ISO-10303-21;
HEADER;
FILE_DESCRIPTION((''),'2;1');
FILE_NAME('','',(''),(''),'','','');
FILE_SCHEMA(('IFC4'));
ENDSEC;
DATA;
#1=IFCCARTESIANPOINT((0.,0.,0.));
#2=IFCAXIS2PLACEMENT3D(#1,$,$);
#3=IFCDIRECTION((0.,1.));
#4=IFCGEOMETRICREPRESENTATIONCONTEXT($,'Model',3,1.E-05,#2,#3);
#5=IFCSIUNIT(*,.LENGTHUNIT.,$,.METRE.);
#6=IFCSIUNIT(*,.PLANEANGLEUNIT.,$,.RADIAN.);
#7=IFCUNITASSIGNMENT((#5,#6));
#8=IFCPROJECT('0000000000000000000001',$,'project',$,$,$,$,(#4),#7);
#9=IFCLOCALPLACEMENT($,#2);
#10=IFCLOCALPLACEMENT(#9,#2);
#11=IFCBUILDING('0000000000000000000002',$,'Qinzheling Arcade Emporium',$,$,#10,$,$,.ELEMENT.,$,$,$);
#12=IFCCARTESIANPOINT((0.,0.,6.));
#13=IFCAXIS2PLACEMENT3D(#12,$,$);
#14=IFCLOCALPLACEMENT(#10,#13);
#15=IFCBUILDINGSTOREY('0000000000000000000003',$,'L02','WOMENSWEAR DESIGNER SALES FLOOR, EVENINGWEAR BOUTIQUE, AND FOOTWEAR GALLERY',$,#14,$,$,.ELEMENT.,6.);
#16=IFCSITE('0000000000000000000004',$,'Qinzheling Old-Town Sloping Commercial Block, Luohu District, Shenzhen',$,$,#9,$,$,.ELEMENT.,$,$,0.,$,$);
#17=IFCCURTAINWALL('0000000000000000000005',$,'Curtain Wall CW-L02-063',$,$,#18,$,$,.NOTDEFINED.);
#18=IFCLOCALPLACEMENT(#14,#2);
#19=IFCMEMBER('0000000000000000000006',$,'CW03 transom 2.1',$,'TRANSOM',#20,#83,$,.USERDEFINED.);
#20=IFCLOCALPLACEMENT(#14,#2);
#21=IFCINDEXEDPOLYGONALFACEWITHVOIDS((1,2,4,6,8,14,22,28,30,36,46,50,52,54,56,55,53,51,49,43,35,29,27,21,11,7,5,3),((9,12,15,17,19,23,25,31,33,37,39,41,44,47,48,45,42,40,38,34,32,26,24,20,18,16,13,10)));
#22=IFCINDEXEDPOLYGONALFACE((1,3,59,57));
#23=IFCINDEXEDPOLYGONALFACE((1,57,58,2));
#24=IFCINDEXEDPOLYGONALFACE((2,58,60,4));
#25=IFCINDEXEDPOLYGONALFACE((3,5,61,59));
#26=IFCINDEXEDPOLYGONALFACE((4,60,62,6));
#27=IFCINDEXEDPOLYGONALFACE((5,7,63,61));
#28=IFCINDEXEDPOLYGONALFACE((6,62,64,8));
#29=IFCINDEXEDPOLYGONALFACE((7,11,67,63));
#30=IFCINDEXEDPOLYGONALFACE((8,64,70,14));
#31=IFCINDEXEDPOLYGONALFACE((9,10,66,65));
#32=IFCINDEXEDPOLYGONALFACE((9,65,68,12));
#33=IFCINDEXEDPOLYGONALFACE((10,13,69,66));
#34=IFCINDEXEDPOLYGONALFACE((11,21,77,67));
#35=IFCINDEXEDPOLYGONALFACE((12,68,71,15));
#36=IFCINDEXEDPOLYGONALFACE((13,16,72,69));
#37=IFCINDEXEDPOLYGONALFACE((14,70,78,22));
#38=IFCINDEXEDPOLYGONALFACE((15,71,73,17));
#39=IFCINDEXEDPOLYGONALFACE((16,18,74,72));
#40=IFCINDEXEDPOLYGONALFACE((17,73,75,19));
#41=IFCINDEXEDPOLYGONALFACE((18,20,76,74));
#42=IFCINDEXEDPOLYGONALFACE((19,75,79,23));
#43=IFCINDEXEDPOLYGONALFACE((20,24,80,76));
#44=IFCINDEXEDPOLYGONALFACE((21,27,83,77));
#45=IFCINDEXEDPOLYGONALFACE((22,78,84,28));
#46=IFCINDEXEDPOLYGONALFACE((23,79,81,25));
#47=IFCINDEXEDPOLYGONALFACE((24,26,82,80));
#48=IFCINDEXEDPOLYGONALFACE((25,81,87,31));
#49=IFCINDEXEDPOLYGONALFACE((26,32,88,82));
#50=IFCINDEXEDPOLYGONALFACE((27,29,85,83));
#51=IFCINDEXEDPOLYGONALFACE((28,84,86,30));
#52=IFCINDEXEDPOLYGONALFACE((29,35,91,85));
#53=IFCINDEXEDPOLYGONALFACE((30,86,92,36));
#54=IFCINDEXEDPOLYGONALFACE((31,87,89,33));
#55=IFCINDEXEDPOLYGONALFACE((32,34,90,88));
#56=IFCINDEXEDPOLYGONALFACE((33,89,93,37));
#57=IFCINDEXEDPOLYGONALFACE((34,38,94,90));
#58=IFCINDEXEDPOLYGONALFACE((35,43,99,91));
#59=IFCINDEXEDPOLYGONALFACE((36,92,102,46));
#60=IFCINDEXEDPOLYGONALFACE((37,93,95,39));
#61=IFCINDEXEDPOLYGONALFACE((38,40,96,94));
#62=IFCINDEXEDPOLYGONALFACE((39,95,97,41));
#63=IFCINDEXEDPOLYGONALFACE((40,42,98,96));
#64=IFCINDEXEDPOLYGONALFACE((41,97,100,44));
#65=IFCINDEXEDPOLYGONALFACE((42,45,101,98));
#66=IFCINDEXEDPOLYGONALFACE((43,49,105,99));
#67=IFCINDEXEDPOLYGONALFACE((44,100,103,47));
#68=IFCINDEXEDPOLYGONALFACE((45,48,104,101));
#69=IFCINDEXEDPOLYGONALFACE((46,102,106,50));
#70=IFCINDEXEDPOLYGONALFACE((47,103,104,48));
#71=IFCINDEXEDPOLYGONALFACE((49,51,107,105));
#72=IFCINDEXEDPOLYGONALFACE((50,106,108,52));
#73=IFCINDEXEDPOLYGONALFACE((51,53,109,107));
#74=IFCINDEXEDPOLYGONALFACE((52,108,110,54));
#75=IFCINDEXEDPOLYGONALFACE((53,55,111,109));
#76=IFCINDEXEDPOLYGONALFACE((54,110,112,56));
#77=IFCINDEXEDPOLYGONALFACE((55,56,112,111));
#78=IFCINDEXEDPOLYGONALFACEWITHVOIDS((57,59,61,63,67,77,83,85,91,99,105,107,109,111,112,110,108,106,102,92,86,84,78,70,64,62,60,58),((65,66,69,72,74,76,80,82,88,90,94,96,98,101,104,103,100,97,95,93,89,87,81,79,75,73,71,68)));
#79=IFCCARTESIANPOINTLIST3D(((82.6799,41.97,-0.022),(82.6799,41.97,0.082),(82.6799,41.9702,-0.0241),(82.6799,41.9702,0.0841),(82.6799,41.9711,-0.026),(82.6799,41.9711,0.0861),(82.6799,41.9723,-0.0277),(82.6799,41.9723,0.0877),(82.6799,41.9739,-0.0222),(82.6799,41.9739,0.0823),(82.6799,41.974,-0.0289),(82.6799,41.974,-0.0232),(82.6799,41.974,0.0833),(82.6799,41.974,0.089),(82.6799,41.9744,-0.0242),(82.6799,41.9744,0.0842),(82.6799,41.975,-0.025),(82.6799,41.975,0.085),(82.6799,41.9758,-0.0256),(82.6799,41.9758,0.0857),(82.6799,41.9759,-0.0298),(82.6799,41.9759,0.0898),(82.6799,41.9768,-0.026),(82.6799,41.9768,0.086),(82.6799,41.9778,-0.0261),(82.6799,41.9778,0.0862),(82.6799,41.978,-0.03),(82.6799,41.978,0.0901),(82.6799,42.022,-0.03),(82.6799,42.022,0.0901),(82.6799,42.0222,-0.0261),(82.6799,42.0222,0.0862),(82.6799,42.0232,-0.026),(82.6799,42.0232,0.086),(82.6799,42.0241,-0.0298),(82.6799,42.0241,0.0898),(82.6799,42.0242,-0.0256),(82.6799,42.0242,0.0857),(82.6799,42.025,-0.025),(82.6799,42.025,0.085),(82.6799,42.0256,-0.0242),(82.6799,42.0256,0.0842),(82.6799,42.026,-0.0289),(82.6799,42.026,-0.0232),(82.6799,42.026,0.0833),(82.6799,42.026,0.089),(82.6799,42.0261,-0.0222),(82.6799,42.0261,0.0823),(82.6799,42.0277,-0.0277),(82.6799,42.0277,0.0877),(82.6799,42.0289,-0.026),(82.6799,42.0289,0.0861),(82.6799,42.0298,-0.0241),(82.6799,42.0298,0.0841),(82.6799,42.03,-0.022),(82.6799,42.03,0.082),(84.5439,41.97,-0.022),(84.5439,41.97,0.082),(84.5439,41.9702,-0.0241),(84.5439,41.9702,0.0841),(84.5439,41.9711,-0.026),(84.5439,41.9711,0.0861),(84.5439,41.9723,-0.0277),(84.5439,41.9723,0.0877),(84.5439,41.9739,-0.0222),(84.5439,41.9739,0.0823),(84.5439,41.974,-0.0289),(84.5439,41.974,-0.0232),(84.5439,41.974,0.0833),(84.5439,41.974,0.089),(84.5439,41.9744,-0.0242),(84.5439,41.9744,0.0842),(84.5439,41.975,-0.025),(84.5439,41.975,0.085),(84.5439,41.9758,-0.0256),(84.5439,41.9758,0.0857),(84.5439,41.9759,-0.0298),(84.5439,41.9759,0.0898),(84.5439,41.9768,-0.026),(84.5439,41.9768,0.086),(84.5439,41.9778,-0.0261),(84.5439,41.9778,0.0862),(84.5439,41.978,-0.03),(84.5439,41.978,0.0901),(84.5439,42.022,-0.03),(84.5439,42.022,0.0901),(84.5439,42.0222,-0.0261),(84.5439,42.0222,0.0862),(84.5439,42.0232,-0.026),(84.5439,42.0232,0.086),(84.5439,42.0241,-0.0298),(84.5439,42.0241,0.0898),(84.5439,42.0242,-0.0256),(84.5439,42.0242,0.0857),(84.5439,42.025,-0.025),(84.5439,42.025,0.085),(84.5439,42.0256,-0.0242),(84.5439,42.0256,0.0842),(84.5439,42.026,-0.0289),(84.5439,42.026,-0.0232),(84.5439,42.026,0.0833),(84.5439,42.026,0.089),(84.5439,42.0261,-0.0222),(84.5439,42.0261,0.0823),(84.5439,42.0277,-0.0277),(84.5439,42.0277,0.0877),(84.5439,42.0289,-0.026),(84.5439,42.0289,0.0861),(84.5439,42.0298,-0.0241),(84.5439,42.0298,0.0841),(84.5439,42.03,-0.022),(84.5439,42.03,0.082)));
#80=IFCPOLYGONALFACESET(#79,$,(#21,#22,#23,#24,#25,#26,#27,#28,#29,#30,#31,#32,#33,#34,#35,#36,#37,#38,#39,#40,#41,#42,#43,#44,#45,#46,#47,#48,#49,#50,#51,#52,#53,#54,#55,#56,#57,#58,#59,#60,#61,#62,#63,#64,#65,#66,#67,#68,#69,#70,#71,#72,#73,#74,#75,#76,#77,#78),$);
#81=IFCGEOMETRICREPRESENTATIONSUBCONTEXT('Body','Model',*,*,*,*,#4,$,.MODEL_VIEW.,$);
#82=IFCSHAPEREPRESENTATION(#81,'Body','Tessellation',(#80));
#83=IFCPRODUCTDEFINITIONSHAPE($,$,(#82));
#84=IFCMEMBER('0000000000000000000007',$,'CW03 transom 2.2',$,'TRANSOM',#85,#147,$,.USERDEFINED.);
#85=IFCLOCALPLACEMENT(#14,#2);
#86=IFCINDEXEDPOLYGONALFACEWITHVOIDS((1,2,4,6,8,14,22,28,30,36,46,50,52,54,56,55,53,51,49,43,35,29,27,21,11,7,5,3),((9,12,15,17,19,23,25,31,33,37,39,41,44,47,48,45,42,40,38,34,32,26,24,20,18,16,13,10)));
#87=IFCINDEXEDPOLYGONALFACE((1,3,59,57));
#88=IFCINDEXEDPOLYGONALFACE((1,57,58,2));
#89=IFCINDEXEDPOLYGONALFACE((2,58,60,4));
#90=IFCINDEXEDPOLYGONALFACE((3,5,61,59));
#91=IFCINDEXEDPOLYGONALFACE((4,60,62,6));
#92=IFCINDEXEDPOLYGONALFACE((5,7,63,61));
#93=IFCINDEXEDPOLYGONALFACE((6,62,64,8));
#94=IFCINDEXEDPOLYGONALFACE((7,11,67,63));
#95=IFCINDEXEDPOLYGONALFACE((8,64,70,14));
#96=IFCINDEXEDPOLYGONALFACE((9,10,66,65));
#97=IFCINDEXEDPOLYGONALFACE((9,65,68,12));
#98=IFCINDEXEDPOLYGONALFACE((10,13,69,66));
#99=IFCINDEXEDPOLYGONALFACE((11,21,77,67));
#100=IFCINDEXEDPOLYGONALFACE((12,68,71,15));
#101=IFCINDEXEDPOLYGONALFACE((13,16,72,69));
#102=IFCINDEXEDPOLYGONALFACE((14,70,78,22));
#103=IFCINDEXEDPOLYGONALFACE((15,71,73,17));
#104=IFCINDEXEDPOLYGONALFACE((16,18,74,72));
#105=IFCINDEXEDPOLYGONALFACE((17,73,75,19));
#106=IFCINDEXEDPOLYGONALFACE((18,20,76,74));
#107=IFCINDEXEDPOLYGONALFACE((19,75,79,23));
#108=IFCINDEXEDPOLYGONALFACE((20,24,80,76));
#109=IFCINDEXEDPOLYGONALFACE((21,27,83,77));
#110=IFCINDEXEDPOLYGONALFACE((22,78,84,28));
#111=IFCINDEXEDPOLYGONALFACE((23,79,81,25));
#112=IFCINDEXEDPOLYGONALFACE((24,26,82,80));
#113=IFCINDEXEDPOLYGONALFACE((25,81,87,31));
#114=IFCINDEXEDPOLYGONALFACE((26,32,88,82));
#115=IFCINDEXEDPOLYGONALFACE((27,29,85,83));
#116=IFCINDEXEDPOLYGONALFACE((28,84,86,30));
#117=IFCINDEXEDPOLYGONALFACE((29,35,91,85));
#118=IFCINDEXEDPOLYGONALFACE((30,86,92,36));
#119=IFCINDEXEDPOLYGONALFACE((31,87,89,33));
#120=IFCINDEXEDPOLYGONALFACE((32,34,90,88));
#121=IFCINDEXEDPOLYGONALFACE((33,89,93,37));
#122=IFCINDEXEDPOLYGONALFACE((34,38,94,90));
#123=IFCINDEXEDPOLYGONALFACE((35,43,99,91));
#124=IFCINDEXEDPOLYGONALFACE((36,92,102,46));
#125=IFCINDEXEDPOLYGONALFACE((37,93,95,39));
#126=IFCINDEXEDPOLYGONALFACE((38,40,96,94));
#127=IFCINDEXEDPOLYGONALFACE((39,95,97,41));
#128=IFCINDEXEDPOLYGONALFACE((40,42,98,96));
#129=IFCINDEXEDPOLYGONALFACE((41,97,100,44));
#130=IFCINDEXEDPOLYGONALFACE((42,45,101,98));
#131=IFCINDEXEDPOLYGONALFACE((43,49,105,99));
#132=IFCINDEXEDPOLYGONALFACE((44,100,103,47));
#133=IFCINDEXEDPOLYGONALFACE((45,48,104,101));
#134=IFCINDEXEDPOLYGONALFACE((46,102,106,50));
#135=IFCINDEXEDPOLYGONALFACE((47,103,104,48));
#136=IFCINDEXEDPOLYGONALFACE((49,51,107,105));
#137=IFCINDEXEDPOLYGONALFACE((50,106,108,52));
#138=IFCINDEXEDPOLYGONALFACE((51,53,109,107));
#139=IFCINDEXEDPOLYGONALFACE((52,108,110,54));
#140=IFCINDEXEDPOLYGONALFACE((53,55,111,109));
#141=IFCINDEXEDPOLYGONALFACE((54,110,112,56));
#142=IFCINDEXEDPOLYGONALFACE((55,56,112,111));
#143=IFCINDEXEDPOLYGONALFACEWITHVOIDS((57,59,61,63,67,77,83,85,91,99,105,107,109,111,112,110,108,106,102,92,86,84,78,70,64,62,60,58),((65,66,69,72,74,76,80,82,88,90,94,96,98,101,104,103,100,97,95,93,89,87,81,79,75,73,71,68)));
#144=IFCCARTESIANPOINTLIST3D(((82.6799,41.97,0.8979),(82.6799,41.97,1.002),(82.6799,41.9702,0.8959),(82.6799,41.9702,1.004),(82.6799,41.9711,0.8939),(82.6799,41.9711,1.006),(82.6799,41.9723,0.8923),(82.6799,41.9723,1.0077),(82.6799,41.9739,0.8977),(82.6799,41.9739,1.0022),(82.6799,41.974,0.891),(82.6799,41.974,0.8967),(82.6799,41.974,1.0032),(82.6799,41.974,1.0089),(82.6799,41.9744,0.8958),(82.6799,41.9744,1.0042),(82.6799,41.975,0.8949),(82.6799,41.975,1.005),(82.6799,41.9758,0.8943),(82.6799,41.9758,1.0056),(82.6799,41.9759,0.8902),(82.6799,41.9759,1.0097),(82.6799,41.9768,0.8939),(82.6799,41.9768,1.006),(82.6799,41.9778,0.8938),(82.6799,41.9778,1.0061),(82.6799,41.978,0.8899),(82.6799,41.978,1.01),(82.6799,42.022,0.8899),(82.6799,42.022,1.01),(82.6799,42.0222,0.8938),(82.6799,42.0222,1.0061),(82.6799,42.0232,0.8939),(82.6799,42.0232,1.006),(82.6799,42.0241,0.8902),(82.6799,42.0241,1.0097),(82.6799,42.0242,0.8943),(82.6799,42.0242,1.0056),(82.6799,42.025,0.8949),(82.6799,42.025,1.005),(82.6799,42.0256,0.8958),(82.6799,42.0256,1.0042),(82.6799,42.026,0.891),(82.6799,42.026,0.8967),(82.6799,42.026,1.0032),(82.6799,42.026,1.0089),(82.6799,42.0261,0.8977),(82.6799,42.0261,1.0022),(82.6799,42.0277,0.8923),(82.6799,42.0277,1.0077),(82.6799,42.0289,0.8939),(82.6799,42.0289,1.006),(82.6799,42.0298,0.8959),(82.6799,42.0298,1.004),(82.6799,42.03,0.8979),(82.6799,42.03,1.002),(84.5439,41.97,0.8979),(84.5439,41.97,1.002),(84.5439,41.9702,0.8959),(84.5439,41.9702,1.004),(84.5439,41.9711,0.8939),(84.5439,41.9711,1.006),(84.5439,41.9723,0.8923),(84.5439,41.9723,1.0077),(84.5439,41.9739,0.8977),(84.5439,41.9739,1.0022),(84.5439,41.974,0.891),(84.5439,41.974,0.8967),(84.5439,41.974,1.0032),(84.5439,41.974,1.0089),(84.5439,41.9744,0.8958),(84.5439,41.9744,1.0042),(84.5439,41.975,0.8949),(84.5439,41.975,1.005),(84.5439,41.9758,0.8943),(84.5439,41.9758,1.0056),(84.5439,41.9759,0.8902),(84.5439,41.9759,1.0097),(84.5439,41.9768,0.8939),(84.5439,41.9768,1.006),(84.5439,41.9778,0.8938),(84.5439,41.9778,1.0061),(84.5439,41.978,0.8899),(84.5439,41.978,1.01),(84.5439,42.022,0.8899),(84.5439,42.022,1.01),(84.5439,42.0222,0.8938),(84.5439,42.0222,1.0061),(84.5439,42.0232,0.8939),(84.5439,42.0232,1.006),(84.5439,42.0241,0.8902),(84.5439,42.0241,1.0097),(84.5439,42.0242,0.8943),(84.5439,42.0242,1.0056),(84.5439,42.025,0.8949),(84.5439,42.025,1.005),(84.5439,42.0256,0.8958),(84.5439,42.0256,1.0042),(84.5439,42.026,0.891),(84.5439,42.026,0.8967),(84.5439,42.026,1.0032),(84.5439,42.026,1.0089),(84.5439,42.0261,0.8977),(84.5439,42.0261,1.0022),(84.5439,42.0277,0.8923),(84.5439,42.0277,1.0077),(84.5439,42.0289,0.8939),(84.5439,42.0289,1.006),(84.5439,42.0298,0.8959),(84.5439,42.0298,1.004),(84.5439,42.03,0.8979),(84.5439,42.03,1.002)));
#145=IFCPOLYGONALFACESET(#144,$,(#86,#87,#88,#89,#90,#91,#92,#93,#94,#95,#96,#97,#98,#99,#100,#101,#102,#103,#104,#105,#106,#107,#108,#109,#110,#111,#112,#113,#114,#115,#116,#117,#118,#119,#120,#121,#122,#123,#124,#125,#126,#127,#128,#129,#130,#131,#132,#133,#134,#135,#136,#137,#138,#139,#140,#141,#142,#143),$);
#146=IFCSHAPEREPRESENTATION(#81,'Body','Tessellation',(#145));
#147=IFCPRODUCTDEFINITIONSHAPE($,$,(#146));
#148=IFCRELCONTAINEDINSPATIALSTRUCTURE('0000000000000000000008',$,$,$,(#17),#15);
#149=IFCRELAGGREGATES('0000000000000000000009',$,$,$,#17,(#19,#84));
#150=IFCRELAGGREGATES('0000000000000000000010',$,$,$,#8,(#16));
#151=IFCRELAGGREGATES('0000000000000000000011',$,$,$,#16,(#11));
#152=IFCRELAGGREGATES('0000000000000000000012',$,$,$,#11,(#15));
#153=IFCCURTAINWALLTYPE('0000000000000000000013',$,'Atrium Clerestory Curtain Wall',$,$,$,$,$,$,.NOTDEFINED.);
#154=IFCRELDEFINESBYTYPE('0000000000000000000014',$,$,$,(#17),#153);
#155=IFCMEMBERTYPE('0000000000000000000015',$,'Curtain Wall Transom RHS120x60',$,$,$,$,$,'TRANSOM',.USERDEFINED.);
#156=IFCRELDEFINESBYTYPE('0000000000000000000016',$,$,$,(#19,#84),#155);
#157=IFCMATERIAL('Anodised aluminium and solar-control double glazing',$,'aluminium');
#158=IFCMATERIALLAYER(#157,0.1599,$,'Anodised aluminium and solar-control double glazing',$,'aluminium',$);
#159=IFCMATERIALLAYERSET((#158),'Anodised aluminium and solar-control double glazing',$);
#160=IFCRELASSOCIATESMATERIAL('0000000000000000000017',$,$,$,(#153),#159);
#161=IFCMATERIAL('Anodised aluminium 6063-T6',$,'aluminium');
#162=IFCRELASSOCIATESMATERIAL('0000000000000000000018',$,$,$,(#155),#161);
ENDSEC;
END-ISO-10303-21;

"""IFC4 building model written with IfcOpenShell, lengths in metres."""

from ifc_helpers import new_model, si_unit, direction, frame, origin, origin_2d, place, context, subcontext, project, spatial, hollow_rectangle, extrude, material, layer, layer_set, material_profile, profile_set, type_object, element, aggregate, save


model = new_model("IFC4")

# Units and contexts
model_context = context("Model", 3, precision=1e-05, world=origin(), true_north=direction((0.0, 1.0)))
body_context = subcontext(model_context, "Body", "Model", "MODEL_VIEW")
ifc_project = project(units=[si_unit("LENGTHUNIT", "METRE"), si_unit("PLANEANGLEUNIT", "RADIAN")], contexts=[model_context])

# Site, building, storey
site_placement = place(None, origin())
site = spatial("IfcSite", under=ifc_project, at=site_placement, Name="Qinzheling Old-Town Sloping Commercial Block, Luohu District, Shenzhen", CompositionType="ELEMENT", RefElevation=0.0)
building_placement = place(site_placement, origin())
building = spatial("IfcBuilding", under=site, at=building_placement, Name="Qinzheling Arcade Emporium", CompositionType="ELEMENT")
storey_placement = place(building_placement, frame((0.0, 0.0, 6.0)))
storey = spatial("IfcBuildingStorey", under=building, at=storey_placement, Name="L02", Description="WOMENSWEAR DESIGNER SALES FLOOR, EVENINGWEAR BOUTIQUE, AND FOOTWEAR GALLERY", CompositionType="ELEMENT", Elevation=6.0)

# Curtain wall, members
ifc_material_1 = material(Name="Anodised aluminium and solar-control double glazing", Category="aluminium")
ifc_layer_1 = layer(ifc_material_1, 0.1599, Name="Anodised aluminium and solar-control double glazing", Category="aluminium")
ifc_layer_set_1 = layer_set([ifc_layer_1], Name="Anodised aluminium and solar-control double glazing")
curtain_wall_type = type_object("IfcCurtainWallType", Name="Atrium Clerestory Curtain Wall", PredefinedType="NOTDEFINED", material=ifc_layer_set_1)
curtain_wall_placement = place(storey_placement, origin())
curtain_wall = element("IfcCurtainWall", 1, at=curtain_wall_placement, inside=storey, type_object=curtain_wall_type, Name="Curtain Wall CW-L02-063", PredefinedType="NOTDEFINED")
ifc_material_2 = material(Name="Anodised aluminium 6063-T6", Category="aluminium")
ifc_material_profile_1 = material_profile(ifc_material_2, hollow_rectangle(XDim=0.0601, YDim=0.1201, WallThickness=0.0039, InnerFilletRadius=0.0039, OuterFilletRadius=0.0081, at=origin_2d()), Name="RHS 120x60x4", Category="aluminium")
ifc_profile_set_1 = profile_set([ifc_material_profile_1], Name="Anodised aluminium 6063-T6")
member_type_1 = type_object("IfcMemberType", Name="Curtain Wall Transom RHS120x60", ElementType="TRANSOM", PredefinedType="USERDEFINED", material=ifc_profile_set_1)
member_1_placement = place(storey_placement, frame((84.5439, 42.0, 0.03), z_axis=(-1.0, 0.0, 0.0), x_axis=(0.0, -1.0, 0.0)))
member_1 = element("IfcMember", 2, at=member_1_placement, type_object=member_type_1, Name="CW03 transom 2.1", ObjectType="TRANSOM", PredefinedType="USERDEFINED", context=body_context, shape_type="SweptSolid", body=[
    extrude(hollow_rectangle(XDim=0.0601, YDim=0.1201, WallThickness=0.0039, InnerFilletRadius=0.0039, OuterFilletRadius=0.0081, at=origin_2d()), origin(), (0.0, 0.0, 1.0), 1.864),
])
member_2_placement = place(storey_placement, frame((84.5439, 42.0, 0.95), z_axis=(-1.0, 0.0, 0.0), x_axis=(0.0, -1.0, 0.0)))
member_2 = element("IfcMember", 3, at=member_2_placement, type_object=member_type_1, Name="CW03 transom 2.2", ObjectType="TRANSOM", PredefinedType="USERDEFINED", context=body_context, shape_type="SweptSolid", body=[
    extrude(hollow_rectangle(XDim=0.0601, YDim=0.1201, WallThickness=0.0039, InnerFilletRadius=0.0039, OuterFilletRadius=0.0081, at=origin_2d()), origin(), (0.0, 0.0, 1.0), 1.864),
])

aggregate(curtain_wall, [member_1, member_2])

save(model, "model.ifc")
